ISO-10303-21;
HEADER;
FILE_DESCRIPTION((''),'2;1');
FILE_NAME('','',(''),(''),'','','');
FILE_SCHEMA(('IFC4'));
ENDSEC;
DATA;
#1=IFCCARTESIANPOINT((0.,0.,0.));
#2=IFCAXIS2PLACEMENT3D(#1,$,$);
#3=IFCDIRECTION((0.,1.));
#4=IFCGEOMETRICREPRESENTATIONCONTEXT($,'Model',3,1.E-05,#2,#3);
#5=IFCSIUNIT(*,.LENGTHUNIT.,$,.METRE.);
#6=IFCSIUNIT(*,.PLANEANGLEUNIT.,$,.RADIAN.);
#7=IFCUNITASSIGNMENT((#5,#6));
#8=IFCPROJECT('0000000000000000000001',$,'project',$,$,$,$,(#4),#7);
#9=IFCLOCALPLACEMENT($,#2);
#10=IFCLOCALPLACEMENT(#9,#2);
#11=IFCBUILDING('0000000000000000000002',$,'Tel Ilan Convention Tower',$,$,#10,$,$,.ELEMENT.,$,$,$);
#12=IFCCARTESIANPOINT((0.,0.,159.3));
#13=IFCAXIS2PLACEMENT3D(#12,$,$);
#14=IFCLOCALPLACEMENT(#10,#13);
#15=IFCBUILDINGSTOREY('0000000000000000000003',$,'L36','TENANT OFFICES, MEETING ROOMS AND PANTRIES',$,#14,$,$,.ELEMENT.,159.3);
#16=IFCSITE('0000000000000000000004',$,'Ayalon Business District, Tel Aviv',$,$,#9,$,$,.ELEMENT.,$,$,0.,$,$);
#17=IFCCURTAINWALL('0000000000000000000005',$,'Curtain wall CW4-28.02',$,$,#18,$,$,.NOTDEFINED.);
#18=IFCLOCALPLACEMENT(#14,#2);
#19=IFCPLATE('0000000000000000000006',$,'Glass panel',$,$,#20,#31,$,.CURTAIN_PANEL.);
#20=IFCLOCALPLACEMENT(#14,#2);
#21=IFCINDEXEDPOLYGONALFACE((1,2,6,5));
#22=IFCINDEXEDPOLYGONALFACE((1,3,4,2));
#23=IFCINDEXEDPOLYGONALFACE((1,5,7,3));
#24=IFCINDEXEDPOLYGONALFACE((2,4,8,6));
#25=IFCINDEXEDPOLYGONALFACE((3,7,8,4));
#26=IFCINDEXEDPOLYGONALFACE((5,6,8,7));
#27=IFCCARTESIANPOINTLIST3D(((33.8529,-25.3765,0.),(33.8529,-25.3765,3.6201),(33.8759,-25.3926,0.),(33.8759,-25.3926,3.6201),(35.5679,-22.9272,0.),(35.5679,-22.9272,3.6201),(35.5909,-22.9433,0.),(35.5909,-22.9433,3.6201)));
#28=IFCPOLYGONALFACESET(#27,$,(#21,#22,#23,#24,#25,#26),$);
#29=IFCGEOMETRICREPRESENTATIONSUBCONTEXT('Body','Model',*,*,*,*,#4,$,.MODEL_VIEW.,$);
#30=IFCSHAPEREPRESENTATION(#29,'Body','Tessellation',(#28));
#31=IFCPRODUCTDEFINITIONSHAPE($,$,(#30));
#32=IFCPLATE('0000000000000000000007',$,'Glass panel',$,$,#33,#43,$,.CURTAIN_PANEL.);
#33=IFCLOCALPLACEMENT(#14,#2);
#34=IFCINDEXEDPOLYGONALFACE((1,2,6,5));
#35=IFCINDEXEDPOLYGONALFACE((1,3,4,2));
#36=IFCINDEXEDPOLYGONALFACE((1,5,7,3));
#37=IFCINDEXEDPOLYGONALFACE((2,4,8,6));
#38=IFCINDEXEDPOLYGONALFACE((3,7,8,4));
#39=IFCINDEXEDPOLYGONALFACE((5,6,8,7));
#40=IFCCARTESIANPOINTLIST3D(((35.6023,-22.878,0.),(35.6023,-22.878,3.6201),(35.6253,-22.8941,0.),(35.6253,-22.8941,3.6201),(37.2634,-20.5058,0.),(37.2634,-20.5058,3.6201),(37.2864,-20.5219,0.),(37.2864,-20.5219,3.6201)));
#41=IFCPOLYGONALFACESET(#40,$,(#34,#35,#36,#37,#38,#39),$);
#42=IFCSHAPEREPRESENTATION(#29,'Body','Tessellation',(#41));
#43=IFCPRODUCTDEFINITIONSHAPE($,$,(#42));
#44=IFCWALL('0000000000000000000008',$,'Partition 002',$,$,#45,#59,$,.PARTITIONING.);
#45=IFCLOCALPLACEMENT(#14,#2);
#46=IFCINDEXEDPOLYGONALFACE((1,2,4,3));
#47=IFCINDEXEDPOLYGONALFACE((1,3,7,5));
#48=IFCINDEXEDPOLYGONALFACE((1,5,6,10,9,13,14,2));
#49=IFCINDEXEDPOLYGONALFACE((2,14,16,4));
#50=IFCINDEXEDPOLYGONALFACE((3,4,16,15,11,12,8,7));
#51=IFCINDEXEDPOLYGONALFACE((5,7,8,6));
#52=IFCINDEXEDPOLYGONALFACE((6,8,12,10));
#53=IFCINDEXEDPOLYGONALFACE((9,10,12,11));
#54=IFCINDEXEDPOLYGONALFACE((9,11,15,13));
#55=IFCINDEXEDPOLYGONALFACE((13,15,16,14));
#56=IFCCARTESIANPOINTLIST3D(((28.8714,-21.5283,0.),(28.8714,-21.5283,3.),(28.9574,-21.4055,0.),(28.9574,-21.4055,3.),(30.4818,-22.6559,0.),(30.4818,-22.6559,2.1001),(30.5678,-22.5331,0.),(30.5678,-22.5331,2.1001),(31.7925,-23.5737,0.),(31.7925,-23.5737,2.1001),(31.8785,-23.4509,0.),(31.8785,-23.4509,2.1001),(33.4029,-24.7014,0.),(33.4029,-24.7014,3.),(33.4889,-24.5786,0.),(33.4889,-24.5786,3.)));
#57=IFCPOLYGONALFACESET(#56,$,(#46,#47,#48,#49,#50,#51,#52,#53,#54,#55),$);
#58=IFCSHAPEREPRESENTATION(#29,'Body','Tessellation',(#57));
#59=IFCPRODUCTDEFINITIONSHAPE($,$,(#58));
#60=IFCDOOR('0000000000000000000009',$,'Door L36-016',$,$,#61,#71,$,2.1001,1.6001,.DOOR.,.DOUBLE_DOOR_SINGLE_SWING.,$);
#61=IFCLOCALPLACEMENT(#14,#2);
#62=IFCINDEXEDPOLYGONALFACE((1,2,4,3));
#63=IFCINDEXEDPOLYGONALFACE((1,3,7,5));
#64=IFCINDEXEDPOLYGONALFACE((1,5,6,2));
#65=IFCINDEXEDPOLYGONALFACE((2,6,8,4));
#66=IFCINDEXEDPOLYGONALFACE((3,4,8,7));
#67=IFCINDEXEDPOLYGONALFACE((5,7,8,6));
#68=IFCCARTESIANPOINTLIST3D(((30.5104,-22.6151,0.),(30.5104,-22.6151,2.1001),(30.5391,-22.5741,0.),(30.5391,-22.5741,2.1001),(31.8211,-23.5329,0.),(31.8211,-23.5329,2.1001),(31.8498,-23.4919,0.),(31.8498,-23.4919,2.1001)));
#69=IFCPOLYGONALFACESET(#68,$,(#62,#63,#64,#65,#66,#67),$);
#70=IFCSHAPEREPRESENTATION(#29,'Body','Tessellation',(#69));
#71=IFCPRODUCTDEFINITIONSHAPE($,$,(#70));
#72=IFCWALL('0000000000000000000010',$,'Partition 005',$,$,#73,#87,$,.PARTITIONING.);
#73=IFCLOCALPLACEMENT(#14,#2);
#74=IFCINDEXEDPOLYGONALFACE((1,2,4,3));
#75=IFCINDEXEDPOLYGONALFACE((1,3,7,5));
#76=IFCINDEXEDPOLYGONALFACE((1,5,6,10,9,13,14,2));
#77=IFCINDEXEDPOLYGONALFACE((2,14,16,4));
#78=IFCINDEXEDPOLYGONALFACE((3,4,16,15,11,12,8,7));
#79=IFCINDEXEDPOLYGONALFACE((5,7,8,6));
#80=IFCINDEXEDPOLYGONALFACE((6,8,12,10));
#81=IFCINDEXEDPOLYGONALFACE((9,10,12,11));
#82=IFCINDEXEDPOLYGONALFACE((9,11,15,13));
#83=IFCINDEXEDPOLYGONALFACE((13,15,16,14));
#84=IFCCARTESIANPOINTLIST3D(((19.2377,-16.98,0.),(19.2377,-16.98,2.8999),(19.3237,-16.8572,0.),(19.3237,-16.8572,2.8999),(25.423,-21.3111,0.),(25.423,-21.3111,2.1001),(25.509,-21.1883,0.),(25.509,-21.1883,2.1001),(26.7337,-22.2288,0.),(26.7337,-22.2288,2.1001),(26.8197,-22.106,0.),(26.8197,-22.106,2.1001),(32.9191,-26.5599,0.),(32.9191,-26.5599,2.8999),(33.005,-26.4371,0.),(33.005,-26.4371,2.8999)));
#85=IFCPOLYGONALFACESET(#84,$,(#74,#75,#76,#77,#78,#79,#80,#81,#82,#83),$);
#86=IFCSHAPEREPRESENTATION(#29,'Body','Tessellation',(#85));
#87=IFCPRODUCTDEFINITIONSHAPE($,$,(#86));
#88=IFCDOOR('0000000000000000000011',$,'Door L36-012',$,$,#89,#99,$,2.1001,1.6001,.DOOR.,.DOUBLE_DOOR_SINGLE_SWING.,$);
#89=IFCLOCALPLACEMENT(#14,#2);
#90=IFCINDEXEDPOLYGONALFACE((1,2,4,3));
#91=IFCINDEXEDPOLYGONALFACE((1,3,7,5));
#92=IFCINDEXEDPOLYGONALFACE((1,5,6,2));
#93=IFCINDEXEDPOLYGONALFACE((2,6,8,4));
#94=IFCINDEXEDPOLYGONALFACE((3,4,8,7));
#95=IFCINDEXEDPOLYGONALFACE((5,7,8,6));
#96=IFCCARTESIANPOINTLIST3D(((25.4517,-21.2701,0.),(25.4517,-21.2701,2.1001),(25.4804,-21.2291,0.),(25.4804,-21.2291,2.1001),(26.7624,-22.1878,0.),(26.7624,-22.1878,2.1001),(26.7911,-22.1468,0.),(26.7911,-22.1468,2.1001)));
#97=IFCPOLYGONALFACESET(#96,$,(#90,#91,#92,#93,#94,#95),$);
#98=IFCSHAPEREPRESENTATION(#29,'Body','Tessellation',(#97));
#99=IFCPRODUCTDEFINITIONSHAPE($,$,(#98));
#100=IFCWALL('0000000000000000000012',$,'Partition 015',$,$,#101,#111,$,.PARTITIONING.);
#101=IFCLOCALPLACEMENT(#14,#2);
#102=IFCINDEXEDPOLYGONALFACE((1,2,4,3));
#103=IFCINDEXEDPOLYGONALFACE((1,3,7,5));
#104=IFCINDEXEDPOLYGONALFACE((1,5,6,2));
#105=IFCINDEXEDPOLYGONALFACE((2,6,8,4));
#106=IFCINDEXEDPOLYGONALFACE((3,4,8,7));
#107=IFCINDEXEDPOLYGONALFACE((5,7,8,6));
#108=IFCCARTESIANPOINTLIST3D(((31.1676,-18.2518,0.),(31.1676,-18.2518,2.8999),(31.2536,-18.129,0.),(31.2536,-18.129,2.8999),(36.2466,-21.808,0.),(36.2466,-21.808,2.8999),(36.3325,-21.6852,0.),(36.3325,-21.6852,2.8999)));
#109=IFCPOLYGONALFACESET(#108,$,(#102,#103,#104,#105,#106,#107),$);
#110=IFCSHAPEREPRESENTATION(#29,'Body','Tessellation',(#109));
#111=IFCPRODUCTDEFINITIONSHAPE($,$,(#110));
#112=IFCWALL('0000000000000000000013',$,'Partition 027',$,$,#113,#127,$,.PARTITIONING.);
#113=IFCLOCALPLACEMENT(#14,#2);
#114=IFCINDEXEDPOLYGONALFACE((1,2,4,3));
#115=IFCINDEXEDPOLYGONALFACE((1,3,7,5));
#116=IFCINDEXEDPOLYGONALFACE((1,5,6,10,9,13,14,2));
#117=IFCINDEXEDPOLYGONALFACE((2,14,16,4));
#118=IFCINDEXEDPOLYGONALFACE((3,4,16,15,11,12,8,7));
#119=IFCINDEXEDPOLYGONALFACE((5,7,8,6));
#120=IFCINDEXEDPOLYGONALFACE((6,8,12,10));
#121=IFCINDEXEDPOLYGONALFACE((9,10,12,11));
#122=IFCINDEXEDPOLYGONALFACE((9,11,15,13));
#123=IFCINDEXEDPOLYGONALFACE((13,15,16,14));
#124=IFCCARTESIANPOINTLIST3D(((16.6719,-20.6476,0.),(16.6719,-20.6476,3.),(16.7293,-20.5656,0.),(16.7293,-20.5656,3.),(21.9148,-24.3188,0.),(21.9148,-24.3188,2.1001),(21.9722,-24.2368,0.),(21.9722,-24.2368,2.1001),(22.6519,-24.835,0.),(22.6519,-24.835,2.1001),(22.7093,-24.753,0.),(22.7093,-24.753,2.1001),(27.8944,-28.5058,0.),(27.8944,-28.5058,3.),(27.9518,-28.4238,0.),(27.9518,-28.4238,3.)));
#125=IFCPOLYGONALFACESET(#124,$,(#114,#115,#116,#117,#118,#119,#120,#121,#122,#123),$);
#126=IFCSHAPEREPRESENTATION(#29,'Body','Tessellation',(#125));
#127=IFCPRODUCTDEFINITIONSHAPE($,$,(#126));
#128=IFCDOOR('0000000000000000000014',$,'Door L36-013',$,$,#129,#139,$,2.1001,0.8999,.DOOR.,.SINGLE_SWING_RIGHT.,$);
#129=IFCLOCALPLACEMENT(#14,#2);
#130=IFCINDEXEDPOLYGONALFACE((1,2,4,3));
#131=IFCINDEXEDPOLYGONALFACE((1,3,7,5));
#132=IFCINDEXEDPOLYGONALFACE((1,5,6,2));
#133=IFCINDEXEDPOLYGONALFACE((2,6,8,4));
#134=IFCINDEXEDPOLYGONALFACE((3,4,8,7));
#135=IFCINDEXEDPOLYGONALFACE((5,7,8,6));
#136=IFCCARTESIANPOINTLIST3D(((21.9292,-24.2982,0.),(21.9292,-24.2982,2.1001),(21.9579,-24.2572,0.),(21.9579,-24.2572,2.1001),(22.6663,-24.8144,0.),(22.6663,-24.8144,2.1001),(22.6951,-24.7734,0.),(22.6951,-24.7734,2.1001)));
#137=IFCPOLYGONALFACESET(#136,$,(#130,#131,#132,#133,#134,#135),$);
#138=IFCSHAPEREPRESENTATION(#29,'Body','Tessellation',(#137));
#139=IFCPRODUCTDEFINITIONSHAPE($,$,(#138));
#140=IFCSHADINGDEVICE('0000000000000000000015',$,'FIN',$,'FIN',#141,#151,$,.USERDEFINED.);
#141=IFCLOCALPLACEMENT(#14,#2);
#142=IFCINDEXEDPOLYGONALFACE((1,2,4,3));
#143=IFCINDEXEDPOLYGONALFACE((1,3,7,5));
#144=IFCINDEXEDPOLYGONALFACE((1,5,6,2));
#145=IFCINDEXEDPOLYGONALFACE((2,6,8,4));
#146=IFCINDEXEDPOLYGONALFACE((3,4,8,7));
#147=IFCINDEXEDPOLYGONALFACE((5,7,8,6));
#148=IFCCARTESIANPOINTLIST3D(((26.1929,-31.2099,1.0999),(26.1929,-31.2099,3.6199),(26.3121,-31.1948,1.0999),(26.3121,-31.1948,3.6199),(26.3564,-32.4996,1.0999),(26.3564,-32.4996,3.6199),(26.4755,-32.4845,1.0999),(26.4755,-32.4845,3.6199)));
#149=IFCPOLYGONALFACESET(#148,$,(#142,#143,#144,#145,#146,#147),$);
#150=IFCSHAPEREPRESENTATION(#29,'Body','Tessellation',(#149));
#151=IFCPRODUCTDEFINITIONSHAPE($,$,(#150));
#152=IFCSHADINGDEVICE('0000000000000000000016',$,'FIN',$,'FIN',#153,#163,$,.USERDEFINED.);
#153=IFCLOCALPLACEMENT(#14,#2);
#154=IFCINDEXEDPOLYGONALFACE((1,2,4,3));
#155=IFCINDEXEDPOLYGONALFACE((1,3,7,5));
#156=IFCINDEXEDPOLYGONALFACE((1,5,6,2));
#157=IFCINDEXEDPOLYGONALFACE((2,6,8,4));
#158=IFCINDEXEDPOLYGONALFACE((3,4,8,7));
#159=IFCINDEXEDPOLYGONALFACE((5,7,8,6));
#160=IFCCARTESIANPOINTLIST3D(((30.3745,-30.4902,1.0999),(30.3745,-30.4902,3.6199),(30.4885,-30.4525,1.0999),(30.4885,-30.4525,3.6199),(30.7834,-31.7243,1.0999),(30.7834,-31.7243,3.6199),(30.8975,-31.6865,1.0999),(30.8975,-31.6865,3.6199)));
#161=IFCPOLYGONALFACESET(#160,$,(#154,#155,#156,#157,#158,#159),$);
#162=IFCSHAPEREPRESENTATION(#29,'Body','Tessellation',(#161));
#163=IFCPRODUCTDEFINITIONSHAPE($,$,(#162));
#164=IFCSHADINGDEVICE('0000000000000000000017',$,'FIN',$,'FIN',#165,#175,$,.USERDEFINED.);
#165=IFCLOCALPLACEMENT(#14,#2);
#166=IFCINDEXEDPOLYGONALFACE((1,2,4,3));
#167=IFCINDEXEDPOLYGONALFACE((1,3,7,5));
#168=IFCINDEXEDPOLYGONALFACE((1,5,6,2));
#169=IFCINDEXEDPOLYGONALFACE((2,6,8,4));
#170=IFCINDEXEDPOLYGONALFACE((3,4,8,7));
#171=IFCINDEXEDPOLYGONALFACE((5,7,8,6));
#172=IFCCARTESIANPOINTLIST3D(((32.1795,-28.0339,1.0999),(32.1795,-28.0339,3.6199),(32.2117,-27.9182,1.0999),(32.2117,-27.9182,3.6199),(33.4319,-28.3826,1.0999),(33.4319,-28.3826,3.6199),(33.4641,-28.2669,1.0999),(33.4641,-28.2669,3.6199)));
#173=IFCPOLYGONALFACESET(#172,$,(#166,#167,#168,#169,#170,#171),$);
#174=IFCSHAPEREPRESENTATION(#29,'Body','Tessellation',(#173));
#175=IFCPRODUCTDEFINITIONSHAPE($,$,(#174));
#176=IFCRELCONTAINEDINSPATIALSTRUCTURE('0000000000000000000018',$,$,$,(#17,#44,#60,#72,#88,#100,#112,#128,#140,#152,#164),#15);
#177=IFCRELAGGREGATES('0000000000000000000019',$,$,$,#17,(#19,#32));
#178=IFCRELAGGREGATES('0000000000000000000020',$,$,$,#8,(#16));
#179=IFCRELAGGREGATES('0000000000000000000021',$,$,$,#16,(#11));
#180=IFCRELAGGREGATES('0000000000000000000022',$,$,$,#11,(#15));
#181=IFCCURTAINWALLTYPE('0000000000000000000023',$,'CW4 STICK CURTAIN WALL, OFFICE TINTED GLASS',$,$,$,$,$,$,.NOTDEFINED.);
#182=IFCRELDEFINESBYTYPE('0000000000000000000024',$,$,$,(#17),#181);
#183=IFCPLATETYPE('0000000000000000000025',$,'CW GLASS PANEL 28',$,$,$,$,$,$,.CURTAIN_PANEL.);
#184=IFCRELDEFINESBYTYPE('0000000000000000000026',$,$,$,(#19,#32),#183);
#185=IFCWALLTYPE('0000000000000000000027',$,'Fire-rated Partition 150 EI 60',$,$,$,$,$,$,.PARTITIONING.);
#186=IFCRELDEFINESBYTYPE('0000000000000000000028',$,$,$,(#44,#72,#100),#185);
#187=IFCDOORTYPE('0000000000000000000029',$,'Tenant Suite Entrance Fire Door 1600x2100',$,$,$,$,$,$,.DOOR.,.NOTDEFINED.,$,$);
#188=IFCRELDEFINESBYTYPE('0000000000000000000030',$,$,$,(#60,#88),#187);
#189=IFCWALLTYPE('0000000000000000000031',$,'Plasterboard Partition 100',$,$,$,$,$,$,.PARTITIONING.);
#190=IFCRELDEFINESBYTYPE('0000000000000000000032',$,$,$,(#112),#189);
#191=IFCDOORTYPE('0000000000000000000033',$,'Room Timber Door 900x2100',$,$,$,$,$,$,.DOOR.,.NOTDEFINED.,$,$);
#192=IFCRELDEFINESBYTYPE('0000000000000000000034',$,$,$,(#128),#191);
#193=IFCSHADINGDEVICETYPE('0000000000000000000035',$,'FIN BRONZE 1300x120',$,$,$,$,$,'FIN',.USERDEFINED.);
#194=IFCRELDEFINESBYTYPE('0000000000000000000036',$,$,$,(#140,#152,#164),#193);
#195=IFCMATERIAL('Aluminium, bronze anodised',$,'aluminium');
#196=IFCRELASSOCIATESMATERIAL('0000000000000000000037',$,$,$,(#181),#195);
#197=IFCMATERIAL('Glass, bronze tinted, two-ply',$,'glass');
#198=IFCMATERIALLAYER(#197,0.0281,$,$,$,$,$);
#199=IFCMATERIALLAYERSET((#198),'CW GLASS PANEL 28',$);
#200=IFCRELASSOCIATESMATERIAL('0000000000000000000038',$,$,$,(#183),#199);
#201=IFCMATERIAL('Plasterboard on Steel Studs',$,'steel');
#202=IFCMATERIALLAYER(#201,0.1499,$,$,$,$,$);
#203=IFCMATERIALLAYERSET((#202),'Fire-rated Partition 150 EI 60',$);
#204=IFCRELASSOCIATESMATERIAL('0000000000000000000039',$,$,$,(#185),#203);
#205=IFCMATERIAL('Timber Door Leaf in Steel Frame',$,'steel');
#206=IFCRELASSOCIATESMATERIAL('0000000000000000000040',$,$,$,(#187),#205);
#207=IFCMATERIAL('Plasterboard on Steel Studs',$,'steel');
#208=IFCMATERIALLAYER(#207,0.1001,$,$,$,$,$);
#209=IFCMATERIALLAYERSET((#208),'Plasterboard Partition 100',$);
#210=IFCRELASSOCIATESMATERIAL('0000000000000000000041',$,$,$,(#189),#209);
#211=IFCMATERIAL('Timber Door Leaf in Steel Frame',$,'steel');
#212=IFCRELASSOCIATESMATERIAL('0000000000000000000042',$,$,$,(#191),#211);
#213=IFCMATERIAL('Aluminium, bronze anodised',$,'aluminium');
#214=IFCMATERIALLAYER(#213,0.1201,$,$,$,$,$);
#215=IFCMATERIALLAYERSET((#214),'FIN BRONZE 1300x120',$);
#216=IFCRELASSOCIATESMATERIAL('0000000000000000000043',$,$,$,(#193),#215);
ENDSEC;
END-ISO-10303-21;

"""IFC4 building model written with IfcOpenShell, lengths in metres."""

from ifc_helpers import new_model, si_unit, direction, frame, frame_2d, origin, origin_2d, place, context, subcontext, project, spatial, rectangle, extrude, material, layer, layer_set, type_object, element, fill, aggregate, save


model = new_model("IFC4")

# Units and contexts
model_context = context("Model", 3, precision=1e-05, world=origin(), true_north=direction((0.0, 1.0)))
body_context = subcontext(model_context, "Body", "Model", "MODEL_VIEW")
ifc_project = project(units=[si_unit("LENGTHUNIT", "METRE"), si_unit("PLANEANGLEUNIT", "RADIAN")], contexts=[model_context])

# Site, building, storey
site_placement = place(None, origin())
site = spatial("IfcSite", under=ifc_project, at=site_placement, Name="Ayalon Business District, Tel Aviv", CompositionType="ELEMENT", RefElevation=0.0)
building_placement = place(site_placement, origin())
building = spatial("IfcBuilding", under=site, at=building_placement, Name="Tel Ilan Convention Tower", CompositionType="ELEMENT")
storey_placement = place(building_placement, frame((0.0, 0.0, 159.3)))
storey = spatial("IfcBuildingStorey", under=building, at=storey_placement, Name="L36", Description="TENANT OFFICES, MEETING ROOMS AND PANTRIES", CompositionType="ELEMENT", Elevation=159.3)

# Curtain wall, plates
ifc_material_1 = material(Name="Aluminium, bronze anodised", Category="aluminium")
curtain_wall_type = type_object("IfcCurtainWallType", Name="CW4 STICK CURTAIN WALL, OFFICE TINTED GLASS", PredefinedType="NOTDEFINED", material=ifc_material_1)
curtain_wall_placement = place(storey_placement, origin())
curtain_wall = element("IfcCurtainWall", 1, at=curtain_wall_placement, inside=storey, type_object=curtain_wall_type, Name="Curtain wall CW4-28.02", PredefinedType="NOTDEFINED")
ifc_material_2 = material(Name="Glass, bronze tinted, two-ply", Category="glass")
ifc_layer_1 = layer(ifc_material_2, 0.0281)
ifc_layer_set_1 = layer_set([ifc_layer_1], Name="CW GLASS PANEL 28")
plate_type = type_object("IfcPlateType", Name="CW GLASS PANEL 28", PredefinedType="CURTAIN_PANEL", material=ifc_layer_set_1)
plate_1_placement = place(storey_placement, frame((34.7219, -24.1599, 0.0), z_axis=(0.0, 0.0, 1.0), x_axis=(0.573576, 0.819152, 0.0)))
plate_1 = element("IfcPlate", 2, at=plate_1_placement, type_object=plate_type, Name="Glass panel", PredefinedType="CURTAIN_PANEL", context=body_context, shape_type="SweptSolid", body=[
    extrude(rectangle(XDim=2.99, YDim=0.0281, at=origin_2d()), origin(), (0.0, 0.0, 1.0), 3.6201),
])
plate_2_placement = place(storey_placement, frame((36.4443, -21.7, 0.0), z_axis=(0.0, 0.0, 1.0), x_axis=(0.573576, 0.819152, 0.0)))
plate_2 = element("IfcPlate", 3, at=plate_2_placement, type_object=plate_type, Name="Glass panel", PredefinedType="CURTAIN_PANEL", context=body_context, shape_type="SweptSolid", body=[
    extrude(rectangle(XDim=2.896, YDim=0.0281, at=origin_2d()), origin(), (0.0, 0.0, 1.0), 3.6201),
])
aggregate(curtain_wall, [plate_1, plate_2])

# Walls, openings, doors
ifc_material_3 = material(Name="Plasterboard on Steel Studs", Category="steel")
ifc_layer_2 = layer(ifc_material_3, 0.1499)
ifc_layer_set_2 = layer_set([ifc_layer_2], Name="Fire-rated Partition 150 EI 60")
wall_type_1 = type_object("IfcWallType", Name="Fire-rated Partition 150 EI 60", PredefinedType="PARTITIONING", material=ifc_layer_set_2)
wall_1_placement = place(storey_placement, frame((28.9143, -21.4668, 0.0), z_axis=(0.0, 0.0, 1.0), x_axis=(0.819143, -0.57359, 0.0)))
wall_1 = element("IfcWall", 4, at=wall_1_placement, inside=storey, type_object=wall_type_1, Name="Partition 002", PredefinedType="PARTITIONING", context=body_context, shape_type="SweptSolid", body=[
    extrude(rectangle(XDim=5.532, YDim=0.1499, at=frame_2d((2.7661, 0.0))), origin(), (0.0, 0.0, 1.0), 3.0),
])
opening_1_placement = place(wall_1_placement, frame((1.9661, 0.0, 0.0)))
opening_1 = element("IfcOpeningElement", 5, at=opening_1_placement, cuts=wall_1, PredefinedType="OPENING", context=body_context, shape_type="SweptSolid", body=[
    extrude(rectangle(XDim=1.6001, YDim=2.1001, at=frame_2d((0.8, 1.05))), frame((0.0, 0.085, 0.0), z_axis=(0.0, -1.0, 0.0), x_axis=(1.0, 0.0, 0.0)), (0.0, 0.0, 1.0), 0.1699),
])
ifc_material_4 = material(Name="Timber Door Leaf in Steel Frame", Category="steel")
door_type_1 = type_object("IfcDoorType", Name="Tenant Suite Entrance Fire Door 1600x2100", OperationType="NOTDEFINED", PredefinedType="DOOR", material=ifc_material_4)
door_1_placement = place(opening_1_placement, origin())
door_1 = element("IfcDoor", 6, at=door_1_placement, inside=storey, type_object=door_type_1, Name="Door L36-016", OperationType="DOUBLE_DOOR_SINGLE_SWING", OverallHeight=2.1001, OverallWidth=1.6001, PredefinedType="DOOR", context=body_context, shape_type="SweptSolid", body=[
    extrude(rectangle(XDim=1.6001, YDim=2.1001, at=frame_2d((0.8, 1.05))), frame((0.0, 0.0249, 0.0), z_axis=(0.0, -1.0, 0.0), x_axis=(1.0, 0.0, 0.0)), (0.0, 0.0, 1.0), 0.05),
])
fill(opening_1, door_1)
wall_2_placement = place(storey_placement, frame((32.9622, -26.4985, 0.0), z_axis=(0.0, 0.0, 1.0), x_axis=(-0.819152, 0.573577, 0.0)))
wall_2 = element("IfcWall", 7, at=wall_2_placement, inside=storey, type_object=wall_type_1, Name="Partition 005", PredefinedType="PARTITIONING", context=body_context, shape_type="SweptSolid", body=[
    extrude(rectangle(XDim=16.7019, YDim=0.1499, at=frame_2d((8.3511, 0.0))), origin(), (0.0, 0.0, 1.0), 2.8999),
])
opening_2_placement = place(wall_2_placement, frame((7.551, 0.0, 0.0)))
opening_2 = element("IfcOpeningElement", 8, at=opening_2_placement, cuts=wall_2, PredefinedType="OPENING", context=body_context, shape_type="SweptSolid", body=[
    extrude(rectangle(XDim=1.6001, YDim=2.1001, at=frame_2d((0.8, 1.05))), frame((0.0, 0.085, 0.0), z_axis=(0.0, -1.0, 0.0), x_axis=(1.0, 0.0, 0.0)), (0.0, 0.0, 1.0), 0.1699),
])
door_2_placement = place(opening_2_placement, origin())
door_2 = element("IfcDoor", 9, at=door_2_placement, inside=storey, type_object=door_type_1, Name="Door L36-012", OperationType="DOUBLE_DOOR_SINGLE_SWING", OverallHeight=2.1001, OverallWidth=1.6001, PredefinedType="DOOR", context=body_context, shape_type="SweptSolid", body=[
    extrude(rectangle(XDim=1.6001, YDim=2.1001, at=frame_2d((0.8, 1.05))), frame((0.0, 0.0249, 0.0), z_axis=(0.0, -1.0, 0.0), x_axis=(1.0, 0.0, 0.0)), (0.0, 0.0, 1.0), 0.05),
])
fill(opening_2, door_2)

# Wall
wall_3_placement = place(storey_placement, frame((36.2896, -21.7466, 0.0), z_axis=(0.0, 0.0, 1.0), x_axis=(-0.81916, 0.573565, 0.0)))
element("IfcWall", 10, at=wall_3_placement, inside=storey, type_object=wall_type_1, Name="Partition 015", PredefinedType="PARTITIONING", context=body_context, shape_type="SweptSolid", body=[
    extrude(rectangle(XDim=6.2002, YDim=0.1499, at=frame_2d((3.1001, 0.0))), origin(), (0.0, 0.0, 1.0), 2.8999),
])

# Wall, opening, door
ifc_material_5 = material(Name="Plasterboard on Steel Studs", Category="steel")
ifc_layer_3 = layer(ifc_material_5, 0.1001)
ifc_layer_set_3 = layer_set([ifc_layer_3], Name="Plasterboard Partition 100")
wall_type_2 = type_object("IfcWallType", Name="Plasterboard Partition 100", PredefinedType="PARTITIONING", material=ifc_layer_set_3)
wall_4_placement = place(storey_placement, frame((27.9231, -28.4648, 0.0), z_axis=(0.0, 0.0, 1.0), x_axis=(-0.819147, 0.573583, 0.0)))
wall_4 = element("IfcWall", 11, at=wall_4_placement, inside=storey, type_object=wall_type_2, Name="Partition 027", PredefinedType="PARTITIONING", context=body_context, shape_type="SweptSolid", body=[
    extrude(rectangle(XDim=13.7002, YDim=0.1001, at=frame_2d((6.8501, 0.0))), origin(), (0.0, 0.0, 1.0), 3.0),
])
opening_3_placement = place(wall_4_placement, frame((6.3999, 0.0, 0.0)))
opening_3 = element("IfcOpeningElement", 12, at=opening_3_placement, cuts=wall_4, PredefinedType="OPENING", context=body_context, shape_type="SweptSolid", body=[
    extrude(rectangle(XDim=0.8999, YDim=2.1001, at=frame_2d((0.45, 1.05))), frame((0.0, 0.0601, 0.0), z_axis=(0.0, -1.0, 0.0), x_axis=(1.0, 0.0, 0.0)), (0.0, 0.0, 1.0), 0.1201),
])
ifc_material_6 = material(Name="Timber Door Leaf in Steel Frame", Category="steel")
door_type_2 = type_object("IfcDoorType", Name="Room Timber Door 900x2100", OperationType="NOTDEFINED", PredefinedType="DOOR", material=ifc_material_6)
door_3_placement = place(opening_3_placement, origin())
door_3 = element("IfcDoor", 13, at=door_3_placement, inside=storey, type_object=door_type_2, Name="Door L36-013", OperationType="SINGLE_SWING_RIGHT", OverallHeight=2.1001, OverallWidth=0.8999, PredefinedType="DOOR", context=body_context, shape_type="SweptSolid", body=[
    extrude(rectangle(XDim=0.8999, YDim=2.1001, at=frame_2d((0.45, 1.05))), frame((0.0, 0.0249, 0.0), z_axis=(0.0, -1.0, 0.0), x_axis=(1.0, 0.0, 0.0)), (0.0, 0.0, 1.0), 0.05),
])
fill(opening_3, door_3)

# Shading devices
ifc_material_7 = material(Name="Aluminium, bronze anodised", Category="aluminium")
ifc_layer_4 = layer(ifc_material_7, 0.1201)
ifc_layer_set_4 = layer_set([ifc_layer_4], Name="FIN BRONZE 1300x120")
shading_device_type = type_object("IfcShadingDeviceType", Name="FIN BRONZE 1300x120", ElementType="FIN", PredefinedType="USERDEFINED", material=ifc_layer_set_4)
for number, where, z_axis, x_axis, name in (
    (14, (26.3342, -31.8472, 1.0999), (0.0, 0.0, 1.0), (0.125718, -0.992066, 0.0), "FIN"),
    (15, (30.636, -31.0884, 1.0999), (0.0, 0.0, 1.0), (0.314545, -0.949243, 0.0), "FIN"),
    (16, (32.8218, -28.1504, 1.0999), (0.0, 0.0, 1.0), (0.963371, -0.268173, 0.0), "FIN"),
):
    element("IfcShadingDevice", number, at=place(storey_placement, frame(where, z_axis=z_axis, x_axis=x_axis)), inside=storey, type_object=shading_device_type, Name=name, ObjectType="FIN", PredefinedType="USERDEFINED", context=body_context, shape_type="SweptSolid", body=[
        extrude(rectangle(XDim=1.3, YDim=0.1201, at=origin_2d()), origin(), (0.0, 0.0, 1.0), 2.52),
    ])

save(model, "model.ifc")
